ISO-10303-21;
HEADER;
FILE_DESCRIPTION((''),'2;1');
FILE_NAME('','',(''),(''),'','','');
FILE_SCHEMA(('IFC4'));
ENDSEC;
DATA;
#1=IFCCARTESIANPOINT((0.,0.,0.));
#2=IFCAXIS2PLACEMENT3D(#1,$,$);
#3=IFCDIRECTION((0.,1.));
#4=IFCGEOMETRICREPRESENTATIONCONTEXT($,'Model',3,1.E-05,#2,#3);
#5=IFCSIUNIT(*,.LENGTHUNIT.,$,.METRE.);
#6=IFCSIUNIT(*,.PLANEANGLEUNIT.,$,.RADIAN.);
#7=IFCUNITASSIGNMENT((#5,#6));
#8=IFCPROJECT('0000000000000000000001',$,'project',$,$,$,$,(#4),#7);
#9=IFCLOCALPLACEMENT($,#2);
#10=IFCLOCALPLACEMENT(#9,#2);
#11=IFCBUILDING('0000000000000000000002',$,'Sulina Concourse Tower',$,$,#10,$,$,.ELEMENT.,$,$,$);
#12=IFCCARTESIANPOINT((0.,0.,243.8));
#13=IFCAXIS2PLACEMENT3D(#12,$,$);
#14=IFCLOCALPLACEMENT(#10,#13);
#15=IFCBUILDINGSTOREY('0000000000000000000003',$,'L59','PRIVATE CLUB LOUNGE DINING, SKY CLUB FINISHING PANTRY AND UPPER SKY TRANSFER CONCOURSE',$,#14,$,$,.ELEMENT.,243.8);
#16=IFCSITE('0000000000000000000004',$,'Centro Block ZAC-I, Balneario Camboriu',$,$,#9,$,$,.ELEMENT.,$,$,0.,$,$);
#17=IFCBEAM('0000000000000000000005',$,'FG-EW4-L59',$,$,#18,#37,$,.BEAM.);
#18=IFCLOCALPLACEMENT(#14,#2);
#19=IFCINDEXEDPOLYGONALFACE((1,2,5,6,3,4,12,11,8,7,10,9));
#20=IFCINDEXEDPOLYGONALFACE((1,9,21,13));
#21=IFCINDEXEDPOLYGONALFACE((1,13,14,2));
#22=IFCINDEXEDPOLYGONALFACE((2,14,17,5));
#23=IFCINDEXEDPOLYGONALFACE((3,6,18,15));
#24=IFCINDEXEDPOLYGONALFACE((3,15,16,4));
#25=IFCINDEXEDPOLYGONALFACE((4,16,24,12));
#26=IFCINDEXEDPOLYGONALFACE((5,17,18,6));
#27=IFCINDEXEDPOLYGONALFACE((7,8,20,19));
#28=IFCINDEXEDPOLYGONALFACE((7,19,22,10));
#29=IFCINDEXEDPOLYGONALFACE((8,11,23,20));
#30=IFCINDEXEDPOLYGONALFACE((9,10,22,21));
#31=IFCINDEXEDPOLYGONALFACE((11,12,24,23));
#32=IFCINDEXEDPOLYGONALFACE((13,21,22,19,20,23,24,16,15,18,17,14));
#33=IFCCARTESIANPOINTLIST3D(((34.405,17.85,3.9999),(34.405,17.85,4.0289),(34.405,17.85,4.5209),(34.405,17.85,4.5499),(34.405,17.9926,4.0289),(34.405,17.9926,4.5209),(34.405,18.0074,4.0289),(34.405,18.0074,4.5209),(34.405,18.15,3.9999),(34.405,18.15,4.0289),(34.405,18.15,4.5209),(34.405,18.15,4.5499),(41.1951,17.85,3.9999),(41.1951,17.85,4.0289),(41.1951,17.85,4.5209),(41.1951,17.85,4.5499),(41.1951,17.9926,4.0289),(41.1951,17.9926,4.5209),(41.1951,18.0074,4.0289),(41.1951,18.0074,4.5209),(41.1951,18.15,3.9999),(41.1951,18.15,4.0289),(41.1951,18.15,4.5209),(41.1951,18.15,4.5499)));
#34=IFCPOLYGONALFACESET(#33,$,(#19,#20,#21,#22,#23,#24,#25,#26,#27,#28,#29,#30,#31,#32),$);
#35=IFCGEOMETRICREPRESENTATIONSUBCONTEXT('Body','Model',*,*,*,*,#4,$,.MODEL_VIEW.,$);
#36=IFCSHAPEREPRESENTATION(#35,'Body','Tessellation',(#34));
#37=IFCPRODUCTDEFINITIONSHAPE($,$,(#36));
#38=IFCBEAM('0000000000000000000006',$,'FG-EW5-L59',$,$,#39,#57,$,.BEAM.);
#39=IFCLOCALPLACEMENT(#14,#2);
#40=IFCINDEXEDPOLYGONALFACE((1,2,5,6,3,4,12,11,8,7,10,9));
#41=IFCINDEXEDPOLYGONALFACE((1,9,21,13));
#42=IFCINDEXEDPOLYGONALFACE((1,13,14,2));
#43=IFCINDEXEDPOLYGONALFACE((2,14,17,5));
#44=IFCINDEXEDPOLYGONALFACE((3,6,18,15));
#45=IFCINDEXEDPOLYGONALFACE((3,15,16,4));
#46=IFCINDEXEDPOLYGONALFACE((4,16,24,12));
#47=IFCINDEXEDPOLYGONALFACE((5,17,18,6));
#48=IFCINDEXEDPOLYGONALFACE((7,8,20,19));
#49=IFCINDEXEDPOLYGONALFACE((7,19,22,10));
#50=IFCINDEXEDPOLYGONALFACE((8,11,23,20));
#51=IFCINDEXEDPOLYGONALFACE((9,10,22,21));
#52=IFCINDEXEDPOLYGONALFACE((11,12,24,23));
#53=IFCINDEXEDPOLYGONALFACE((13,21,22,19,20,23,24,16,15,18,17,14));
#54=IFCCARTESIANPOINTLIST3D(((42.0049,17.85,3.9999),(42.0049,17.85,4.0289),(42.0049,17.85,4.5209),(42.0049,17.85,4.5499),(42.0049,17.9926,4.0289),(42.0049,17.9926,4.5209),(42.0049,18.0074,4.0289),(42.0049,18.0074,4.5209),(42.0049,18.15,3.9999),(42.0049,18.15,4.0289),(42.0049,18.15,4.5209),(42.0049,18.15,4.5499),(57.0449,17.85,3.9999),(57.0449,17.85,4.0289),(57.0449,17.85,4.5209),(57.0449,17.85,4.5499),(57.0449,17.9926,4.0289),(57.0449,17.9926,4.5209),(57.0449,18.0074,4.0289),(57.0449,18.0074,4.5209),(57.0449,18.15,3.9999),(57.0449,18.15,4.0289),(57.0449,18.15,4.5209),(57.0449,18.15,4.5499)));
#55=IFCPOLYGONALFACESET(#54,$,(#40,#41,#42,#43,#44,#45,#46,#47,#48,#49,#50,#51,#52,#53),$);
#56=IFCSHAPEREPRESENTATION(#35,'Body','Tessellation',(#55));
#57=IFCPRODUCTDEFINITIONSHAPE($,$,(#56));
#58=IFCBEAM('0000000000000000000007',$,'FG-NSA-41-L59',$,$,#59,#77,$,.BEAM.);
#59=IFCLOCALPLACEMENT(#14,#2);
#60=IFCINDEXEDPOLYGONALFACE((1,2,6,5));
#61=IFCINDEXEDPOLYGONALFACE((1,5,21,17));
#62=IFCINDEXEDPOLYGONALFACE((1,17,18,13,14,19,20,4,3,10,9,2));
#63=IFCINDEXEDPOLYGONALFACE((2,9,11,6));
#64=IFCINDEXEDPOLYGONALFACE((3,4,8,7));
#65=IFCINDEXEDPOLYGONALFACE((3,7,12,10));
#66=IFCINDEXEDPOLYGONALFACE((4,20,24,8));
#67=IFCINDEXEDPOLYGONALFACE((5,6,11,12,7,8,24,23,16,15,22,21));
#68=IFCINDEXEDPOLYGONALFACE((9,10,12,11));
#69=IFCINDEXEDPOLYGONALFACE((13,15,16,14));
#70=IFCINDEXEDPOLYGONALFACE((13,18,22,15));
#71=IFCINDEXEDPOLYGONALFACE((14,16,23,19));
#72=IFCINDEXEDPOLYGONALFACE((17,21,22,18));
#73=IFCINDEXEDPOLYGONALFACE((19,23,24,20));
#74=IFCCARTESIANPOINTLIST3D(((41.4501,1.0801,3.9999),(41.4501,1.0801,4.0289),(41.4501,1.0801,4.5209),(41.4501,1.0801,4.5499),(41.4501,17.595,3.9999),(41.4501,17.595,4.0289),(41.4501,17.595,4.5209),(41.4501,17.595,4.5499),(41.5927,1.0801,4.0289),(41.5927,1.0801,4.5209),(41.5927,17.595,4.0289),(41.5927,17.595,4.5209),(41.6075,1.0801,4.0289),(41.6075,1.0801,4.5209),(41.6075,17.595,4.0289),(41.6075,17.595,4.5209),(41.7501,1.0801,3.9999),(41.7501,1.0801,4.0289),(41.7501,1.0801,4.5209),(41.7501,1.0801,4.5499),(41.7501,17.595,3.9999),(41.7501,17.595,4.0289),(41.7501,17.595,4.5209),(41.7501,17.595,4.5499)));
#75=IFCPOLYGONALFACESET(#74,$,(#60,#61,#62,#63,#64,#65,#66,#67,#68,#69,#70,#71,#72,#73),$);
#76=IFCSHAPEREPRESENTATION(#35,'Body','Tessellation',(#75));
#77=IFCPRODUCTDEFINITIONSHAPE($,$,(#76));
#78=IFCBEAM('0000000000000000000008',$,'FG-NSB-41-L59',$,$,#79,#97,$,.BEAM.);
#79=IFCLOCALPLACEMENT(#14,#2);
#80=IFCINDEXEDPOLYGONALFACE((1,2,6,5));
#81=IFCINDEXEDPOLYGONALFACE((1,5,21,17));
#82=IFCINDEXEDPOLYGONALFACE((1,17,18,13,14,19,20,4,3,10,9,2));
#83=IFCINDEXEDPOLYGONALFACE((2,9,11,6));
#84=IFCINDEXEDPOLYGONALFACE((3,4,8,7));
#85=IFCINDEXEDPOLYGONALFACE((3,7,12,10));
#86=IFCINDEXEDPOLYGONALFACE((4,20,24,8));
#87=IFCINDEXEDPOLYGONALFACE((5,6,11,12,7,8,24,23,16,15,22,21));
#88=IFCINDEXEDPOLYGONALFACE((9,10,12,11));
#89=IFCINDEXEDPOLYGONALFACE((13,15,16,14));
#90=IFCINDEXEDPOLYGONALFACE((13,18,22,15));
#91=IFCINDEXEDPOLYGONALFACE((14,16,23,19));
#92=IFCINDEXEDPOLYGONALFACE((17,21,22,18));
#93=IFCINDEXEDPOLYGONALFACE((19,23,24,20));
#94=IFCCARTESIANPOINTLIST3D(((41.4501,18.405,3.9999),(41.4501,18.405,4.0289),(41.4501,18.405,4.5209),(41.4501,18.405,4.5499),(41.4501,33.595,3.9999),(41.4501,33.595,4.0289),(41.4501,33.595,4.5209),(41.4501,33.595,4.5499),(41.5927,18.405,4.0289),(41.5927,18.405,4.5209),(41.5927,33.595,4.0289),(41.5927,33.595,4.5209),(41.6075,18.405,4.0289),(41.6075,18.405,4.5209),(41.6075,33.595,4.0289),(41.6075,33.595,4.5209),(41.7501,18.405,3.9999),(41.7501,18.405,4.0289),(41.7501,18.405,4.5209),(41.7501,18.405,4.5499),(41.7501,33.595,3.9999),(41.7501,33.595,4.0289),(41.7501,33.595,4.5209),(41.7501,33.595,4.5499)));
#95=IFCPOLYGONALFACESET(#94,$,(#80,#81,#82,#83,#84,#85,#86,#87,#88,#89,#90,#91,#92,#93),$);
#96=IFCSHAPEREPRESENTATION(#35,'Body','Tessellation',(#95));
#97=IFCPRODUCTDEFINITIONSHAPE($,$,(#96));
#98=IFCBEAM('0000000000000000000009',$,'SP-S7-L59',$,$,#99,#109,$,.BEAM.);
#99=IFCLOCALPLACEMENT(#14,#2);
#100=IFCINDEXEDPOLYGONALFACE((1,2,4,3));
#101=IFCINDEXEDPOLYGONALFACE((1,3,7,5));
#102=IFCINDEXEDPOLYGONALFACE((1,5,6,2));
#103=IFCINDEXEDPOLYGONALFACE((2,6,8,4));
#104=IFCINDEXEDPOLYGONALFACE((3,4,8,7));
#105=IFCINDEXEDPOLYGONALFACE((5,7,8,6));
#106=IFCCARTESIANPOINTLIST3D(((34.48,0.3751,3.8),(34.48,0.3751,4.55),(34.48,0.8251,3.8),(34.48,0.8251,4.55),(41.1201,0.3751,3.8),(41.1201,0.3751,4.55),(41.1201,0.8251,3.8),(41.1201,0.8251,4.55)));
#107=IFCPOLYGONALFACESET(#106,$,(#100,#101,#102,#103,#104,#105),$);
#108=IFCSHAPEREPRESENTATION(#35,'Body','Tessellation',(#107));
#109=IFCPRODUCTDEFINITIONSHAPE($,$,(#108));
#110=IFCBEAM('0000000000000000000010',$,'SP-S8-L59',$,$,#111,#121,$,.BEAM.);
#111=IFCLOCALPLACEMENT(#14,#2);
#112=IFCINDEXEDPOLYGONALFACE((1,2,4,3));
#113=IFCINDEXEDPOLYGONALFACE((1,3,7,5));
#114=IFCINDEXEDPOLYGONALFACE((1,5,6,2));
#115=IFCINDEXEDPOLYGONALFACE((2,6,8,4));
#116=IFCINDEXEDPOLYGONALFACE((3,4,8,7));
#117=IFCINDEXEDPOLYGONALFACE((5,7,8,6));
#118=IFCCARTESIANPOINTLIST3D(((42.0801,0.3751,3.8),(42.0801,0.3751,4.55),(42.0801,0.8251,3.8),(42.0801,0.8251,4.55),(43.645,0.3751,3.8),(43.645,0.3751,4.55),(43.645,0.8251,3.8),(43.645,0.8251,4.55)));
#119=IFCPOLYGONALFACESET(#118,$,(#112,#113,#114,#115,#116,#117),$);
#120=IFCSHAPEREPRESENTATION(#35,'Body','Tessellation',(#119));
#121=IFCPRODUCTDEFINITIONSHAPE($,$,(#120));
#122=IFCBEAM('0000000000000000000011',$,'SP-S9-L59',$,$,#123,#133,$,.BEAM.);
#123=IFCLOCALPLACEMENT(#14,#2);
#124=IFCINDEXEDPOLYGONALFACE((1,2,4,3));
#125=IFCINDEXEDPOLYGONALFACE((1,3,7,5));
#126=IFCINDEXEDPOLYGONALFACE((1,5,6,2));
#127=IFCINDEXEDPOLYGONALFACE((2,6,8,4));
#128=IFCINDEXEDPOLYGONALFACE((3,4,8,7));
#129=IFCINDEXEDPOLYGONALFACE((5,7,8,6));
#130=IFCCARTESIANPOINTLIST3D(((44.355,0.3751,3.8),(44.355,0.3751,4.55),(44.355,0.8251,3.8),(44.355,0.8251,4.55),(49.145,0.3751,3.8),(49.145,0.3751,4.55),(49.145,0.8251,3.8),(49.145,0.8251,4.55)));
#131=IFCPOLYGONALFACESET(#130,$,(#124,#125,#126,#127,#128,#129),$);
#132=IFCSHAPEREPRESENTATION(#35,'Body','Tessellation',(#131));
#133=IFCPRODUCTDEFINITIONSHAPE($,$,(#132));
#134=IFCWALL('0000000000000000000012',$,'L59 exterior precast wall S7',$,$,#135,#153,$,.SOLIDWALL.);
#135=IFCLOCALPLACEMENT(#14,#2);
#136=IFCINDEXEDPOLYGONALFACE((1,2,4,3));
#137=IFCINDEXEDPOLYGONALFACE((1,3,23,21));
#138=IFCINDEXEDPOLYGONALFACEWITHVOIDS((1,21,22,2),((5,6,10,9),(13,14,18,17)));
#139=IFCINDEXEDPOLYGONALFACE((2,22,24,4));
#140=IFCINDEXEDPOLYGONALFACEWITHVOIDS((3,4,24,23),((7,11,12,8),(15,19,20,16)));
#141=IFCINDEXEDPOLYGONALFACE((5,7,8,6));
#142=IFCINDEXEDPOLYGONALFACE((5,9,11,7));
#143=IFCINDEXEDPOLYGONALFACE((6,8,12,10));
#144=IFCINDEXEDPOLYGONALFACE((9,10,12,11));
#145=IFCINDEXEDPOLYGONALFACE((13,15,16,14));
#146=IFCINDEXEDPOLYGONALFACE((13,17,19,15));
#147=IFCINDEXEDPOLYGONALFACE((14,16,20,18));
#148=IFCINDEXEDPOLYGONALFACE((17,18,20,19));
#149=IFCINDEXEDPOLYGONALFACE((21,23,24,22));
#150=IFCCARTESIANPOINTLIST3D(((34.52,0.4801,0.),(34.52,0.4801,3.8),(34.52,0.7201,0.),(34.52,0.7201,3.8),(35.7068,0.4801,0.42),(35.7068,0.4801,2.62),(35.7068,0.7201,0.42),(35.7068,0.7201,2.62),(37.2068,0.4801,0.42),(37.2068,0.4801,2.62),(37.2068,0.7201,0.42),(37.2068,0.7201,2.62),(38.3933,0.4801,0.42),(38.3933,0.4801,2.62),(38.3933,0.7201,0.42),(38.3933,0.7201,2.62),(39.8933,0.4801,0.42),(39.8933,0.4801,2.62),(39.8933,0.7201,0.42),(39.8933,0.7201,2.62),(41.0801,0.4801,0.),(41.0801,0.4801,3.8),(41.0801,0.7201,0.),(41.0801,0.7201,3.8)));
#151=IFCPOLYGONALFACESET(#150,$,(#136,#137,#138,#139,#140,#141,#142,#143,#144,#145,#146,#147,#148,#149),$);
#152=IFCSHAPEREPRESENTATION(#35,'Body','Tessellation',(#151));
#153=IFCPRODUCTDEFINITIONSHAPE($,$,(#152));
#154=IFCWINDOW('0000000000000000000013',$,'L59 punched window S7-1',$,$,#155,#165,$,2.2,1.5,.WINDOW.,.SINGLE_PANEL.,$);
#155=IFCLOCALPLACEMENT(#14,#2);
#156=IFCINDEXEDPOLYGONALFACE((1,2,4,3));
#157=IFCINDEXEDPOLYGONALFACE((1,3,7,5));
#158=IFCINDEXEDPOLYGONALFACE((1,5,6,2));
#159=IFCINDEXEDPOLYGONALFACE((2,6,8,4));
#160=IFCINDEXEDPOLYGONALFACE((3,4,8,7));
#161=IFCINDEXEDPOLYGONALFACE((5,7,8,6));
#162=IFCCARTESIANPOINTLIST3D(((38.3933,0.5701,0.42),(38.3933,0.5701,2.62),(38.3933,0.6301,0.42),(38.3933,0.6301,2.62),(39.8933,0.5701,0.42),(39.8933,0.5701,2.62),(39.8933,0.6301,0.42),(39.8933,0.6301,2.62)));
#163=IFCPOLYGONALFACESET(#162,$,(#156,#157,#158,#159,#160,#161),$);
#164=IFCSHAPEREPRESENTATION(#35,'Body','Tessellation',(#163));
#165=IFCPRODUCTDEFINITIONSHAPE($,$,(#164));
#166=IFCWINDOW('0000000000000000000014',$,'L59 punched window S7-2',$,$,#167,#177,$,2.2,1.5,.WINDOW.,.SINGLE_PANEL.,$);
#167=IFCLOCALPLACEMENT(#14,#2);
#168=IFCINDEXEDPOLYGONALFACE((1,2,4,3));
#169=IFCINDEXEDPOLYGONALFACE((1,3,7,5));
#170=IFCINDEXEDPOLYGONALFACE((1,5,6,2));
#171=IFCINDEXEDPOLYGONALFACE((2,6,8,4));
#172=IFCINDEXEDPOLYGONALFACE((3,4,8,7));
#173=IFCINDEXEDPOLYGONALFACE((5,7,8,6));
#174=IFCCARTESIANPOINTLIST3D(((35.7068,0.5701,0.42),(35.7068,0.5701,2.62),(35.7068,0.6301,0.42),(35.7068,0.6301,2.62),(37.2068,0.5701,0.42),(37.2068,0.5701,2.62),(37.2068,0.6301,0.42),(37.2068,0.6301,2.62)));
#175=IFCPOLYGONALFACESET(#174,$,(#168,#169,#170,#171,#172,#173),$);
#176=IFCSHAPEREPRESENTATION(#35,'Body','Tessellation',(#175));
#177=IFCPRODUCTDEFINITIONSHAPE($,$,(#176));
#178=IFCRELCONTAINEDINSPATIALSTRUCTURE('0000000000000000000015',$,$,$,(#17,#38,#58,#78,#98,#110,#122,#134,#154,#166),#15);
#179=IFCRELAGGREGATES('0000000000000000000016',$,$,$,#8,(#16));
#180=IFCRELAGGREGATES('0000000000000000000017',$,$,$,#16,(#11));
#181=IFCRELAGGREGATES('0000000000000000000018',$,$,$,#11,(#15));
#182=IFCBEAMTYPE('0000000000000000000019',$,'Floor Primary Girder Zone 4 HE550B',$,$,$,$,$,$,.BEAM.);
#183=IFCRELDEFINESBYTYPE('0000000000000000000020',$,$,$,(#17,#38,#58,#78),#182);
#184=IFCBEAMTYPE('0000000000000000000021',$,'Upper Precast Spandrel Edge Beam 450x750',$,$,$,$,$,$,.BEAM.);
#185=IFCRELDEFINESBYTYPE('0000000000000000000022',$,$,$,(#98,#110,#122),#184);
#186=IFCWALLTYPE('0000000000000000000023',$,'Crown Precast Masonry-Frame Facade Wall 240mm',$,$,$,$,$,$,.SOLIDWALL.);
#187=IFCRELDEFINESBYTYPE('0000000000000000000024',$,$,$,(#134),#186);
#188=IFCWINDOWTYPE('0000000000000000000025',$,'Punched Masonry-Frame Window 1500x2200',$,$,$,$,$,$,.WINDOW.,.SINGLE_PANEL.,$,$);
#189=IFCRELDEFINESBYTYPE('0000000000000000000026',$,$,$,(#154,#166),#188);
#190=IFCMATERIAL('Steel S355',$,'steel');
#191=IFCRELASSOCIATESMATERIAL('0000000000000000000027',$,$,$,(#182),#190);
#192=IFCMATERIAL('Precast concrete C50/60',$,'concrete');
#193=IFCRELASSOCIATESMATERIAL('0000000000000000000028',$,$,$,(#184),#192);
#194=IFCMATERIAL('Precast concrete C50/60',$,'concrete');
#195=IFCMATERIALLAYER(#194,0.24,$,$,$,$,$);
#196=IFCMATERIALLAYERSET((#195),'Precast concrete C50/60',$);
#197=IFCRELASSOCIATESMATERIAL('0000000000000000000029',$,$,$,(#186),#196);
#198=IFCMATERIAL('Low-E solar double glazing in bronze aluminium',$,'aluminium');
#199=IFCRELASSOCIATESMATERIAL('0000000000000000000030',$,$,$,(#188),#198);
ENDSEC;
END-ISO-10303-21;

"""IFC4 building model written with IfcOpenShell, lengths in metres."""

from ifc_helpers import new_model, si_unit, direction, frame, frame_2d, origin, origin_2d, place, context, subcontext, project, spatial, rectangle, i_section, extrude, material, layer, layer_set, material_profile, profile_set, type_object, element, fill, save


model = new_model("IFC4")

# Units and contexts
model_context = context("Model", 3, precision=1e-05, world=origin(), true_north=direction((0.0, 1.0)))
body_context = subcontext(model_context, "Body", "Model", "MODEL_VIEW")
ifc_project = project(units=[si_unit("LENGTHUNIT", "METRE"), si_unit("PLANEANGLEUNIT", "RADIAN")], contexts=[model_context])

# Site, building, storey
site_placement = place(None, origin())
site = spatial("IfcSite", under=ifc_project, at=site_placement, Name="Centro Block ZAC-I, Balneario Camboriu", CompositionType="ELEMENT", RefElevation=0.0)
building_placement = place(site_placement, origin())
building = spatial("IfcBuilding", under=site, at=building_placement, Name="Sulina Concourse Tower", CompositionType="ELEMENT")
storey_placement = place(building_placement, frame((0.0, 0.0, 243.8)))
storey = spatial("IfcBuildingStorey", under=building, at=storey_placement, Name="L59", Description="PRIVATE CLUB LOUNGE DINING, SKY CLUB FINISHING PANTRY AND UPPER SKY TRANSFER CONCOURSE", CompositionType="ELEMENT", Elevation=243.8)

# Beams
ifc_material_1 = material(Name="Steel S355", Category="steel")
ifc_material_profile_1 = material_profile(ifc_material_1, i_section(OverallWidth=0.3, OverallDepth=0.55, WebThickness=0.0149, FlangeThickness=0.0291, at=origin_2d()), Name="HE 550 B")
ifc_profile_set_1 = profile_set([ifc_material_profile_1], Name="Steel S355")
beam_type_1 = type_object("IfcBeamType", Name="Floor Primary Girder Zone 4 HE550B", PredefinedType="BEAM", material=ifc_profile_set_1)
beam_1_placement = place(storey_placement, frame((34.405, 18.0, 4.2749), z_axis=(1.0, 0.0, 0.0), x_axis=(0.0, 1.0, 0.0)))
element("IfcBeam", 1, at=beam_1_placement, inside=storey, type_object=beam_type_1, Name="FG-EW4-L59", PredefinedType="BEAM", context=body_context, shape_type="SweptSolid", body=[
    extrude(i_section(OverallWidth=0.3, OverallDepth=0.55, WebThickness=0.0149, FlangeThickness=0.0291, at=origin_2d()), origin(), (0.0, 0.0, 1.0), 6.79),
])
beam_2_placement = place(storey_placement, frame((42.0049, 18.0, 4.2749), z_axis=(1.0, 0.0, 0.0), x_axis=(0.0, 1.0, 0.0)))
element("IfcBeam", 2, at=beam_2_placement, inside=storey, type_object=beam_type_1, Name="FG-EW5-L59", PredefinedType="BEAM", context=body_context, shape_type="SweptSolid", body=[
    extrude(i_section(OverallWidth=0.3, OverallDepth=0.55, WebThickness=0.0149, FlangeThickness=0.0291, at=origin_2d()), origin(), (0.0, 0.0, 1.0), 15.04),
])
beam_3_placement = place(storey_placement, frame((41.6001, 1.0801, 4.2749), z_axis=(0.0, 1.0, 0.0), x_axis=(-1.0, 0.0, 0.0)))
element("IfcBeam", 3, at=beam_3_placement, inside=storey, type_object=beam_type_1, Name="FG-NSA-41-L59", PredefinedType="BEAM", context=body_context, shape_type="SweptSolid", body=[
    extrude(i_section(OverallWidth=0.3, OverallDepth=0.55, WebThickness=0.0149, FlangeThickness=0.0291, at=origin_2d()), origin(), (0.0, 0.0, 1.0), 16.5149),
])
beam_4_placement = place(storey_placement, frame((41.6001, 18.405, 4.2749), z_axis=(0.0, 1.0, 0.0), x_axis=(-1.0, 0.0, 0.0)))
element("IfcBeam", 4, at=beam_4_placement, inside=storey, type_object=beam_type_1, Name="FG-NSB-41-L59", PredefinedType="BEAM", context=body_context, shape_type="SweptSolid", body=[
    extrude(i_section(OverallWidth=0.3, OverallDepth=0.55, WebThickness=0.0149, FlangeThickness=0.0291, at=origin_2d()), origin(), (0.0, 0.0, 1.0), 15.1899),
])
ifc_material_2 = material(Name="Precast concrete C50/60", Category="concrete")
ifc_material_profile_2 = material_profile(ifc_material_2, rectangle(XDim=0.45, YDim=0.75, at=origin_2d()), Name="RC 450x750")
ifc_profile_set_2 = profile_set([ifc_material_profile_2], Name="Precast concrete C50/60")
beam_type_2 = type_object("IfcBeamType", Name="Upper Precast Spandrel Edge Beam 450x750", PredefinedType="BEAM", material=ifc_profile_set_2)
beam_5_placement = place(storey_placement, frame((34.48, 0.6001, 4.175), z_axis=(1.0, 0.0, 0.0), x_axis=(0.0, 1.0, 0.0)))
element("IfcBeam", 5, at=beam_5_placement, inside=storey, type_object=beam_type_2, Name="SP-S7-L59", PredefinedType="BEAM", context=body_context, shape_type="SweptSolid", body=[
    extrude(rectangle(XDim=0.45, YDim=0.75, at=origin_2d()), origin(), (0.0, 0.0, 1.0), 6.6401),
])
beam_6_placement = place(storey_placement, frame((42.0801, 0.6001, 4.175), z_axis=(1.0, 0.0, 0.0), x_axis=(0.0, 1.0, 0.0)))
element("IfcBeam", 6, at=beam_6_placement, inside=storey, type_object=beam_type_2, Name="SP-S8-L59", PredefinedType="BEAM", context=body_context, shape_type="SweptSolid", body=[
    extrude(rectangle(XDim=0.45, YDim=0.75, at=origin_2d()), origin(), (0.0, 0.0, 1.0), 1.5649),
])
beam_7_placement = place(storey_placement, frame((44.355, 0.6001, 4.175), z_axis=(1.0, 0.0, 0.0), x_axis=(0.0, 1.0, 0.0)))
element("IfcBeam", 7, at=beam_7_placement, inside=storey, type_object=beam_type_2, Name="SP-S9-L59", PredefinedType="BEAM", context=body_context, shape_type="SweptSolid", body=[
    extrude(rectangle(XDim=0.45, YDim=0.75, at=origin_2d()), origin(), (0.0, 0.0, 1.0), 4.79),
])

# Wall, openings, windows
ifc_material_3 = material(Name="Precast concrete C50/60", Category="concrete")
ifc_layer_1 = layer(ifc_material_3, 0.24)
ifc_layer_set_1 = layer_set([ifc_layer_1], Name="Precast concrete C50/60")
wall_type_1 = type_object("IfcWallType", Name="Crown Precast Masonry-Frame Facade Wall 240mm", PredefinedType="SOLIDWALL", material=ifc_layer_set_1)
wall_1_placement = place(storey_placement, frame((41.0801, 0.6001, 0.0), z_axis=(0.0, 0.0, 1.0), x_axis=(-1.0, 0.0, 0.0)))
wall_1 = element("IfcWall", 8, at=wall_1_placement, inside=storey, type_object=wall_type_1, Name="L59 exterior precast wall S7", PredefinedType="SOLIDWALL", context=body_context, shape_type="SweptSolid", body=[
    extrude(rectangle(XDim=6.5601, YDim=0.24, at=frame_2d((3.28, 0.0))), origin(), (0.0, 0.0, 1.0), 3.8),
])
opening_1_placement = place(wall_1_placement, frame((1.1868, 0.0, 0.4199)))
opening_1 = element("IfcOpeningElement", 9, at=opening_1_placement, cuts=wall_1, PredefinedType="OPENING", context=body_context, shape_type="SweptSolid", body=[
    extrude(rectangle(XDim=1.5, YDim=2.2, at=frame_2d((0.75, 1.1001))), frame((0.0, 0.1299, 0.0), z_axis=(0.0, -1.0, 0.0), x_axis=(1.0, 0.0, 0.0)), (0.0, 0.0, 1.0), 0.26),
])
opening_2_placement = place(wall_1_placement, frame((3.8733, 0.0, 0.4199)))
opening_2 = element("IfcOpeningElement", 10, at=opening_2_placement, cuts=wall_1, PredefinedType="OPENING", context=body_context, shape_type="SweptSolid", body=[
    extrude(rectangle(XDim=1.5, YDim=2.2, at=frame_2d((0.75, 1.1001))), frame((0.0, 0.1299, 0.0), z_axis=(0.0, -1.0, 0.0), x_axis=(1.0, 0.0, 0.0)), (0.0, 0.0, 1.0), 0.26),
])
ifc_material_4 = material(Name="Low-E solar double glazing in bronze aluminium", Category="aluminium")
window_type = type_object("IfcWindowType", Name="Punched Masonry-Frame Window 1500x2200", PartitioningType="SINGLE_PANEL", PredefinedType="WINDOW", material=ifc_material_4)
window_1_placement = place(opening_1_placement, origin())
window_1 = element("IfcWindow", 11, at=window_1_placement, inside=storey, type_object=window_type, Name="L59 punched window S7-1", OverallHeight=2.2, OverallWidth=1.5, PartitioningType="SINGLE_PANEL", PredefinedType="WINDOW", context=body_context, shape_type="SweptSolid", body=[
    extrude(rectangle(XDim=1.5, YDim=2.2, at=frame_2d((0.75, 1.1001))), frame((0.0, 0.03, 0.0), z_axis=(0.0, -1.0, 0.0), x_axis=(1.0, 0.0, 0.0)), (0.0, 0.0, 1.0), 0.0601),
])
fill(opening_1, window_1)
window_2_placement = place(opening_2_placement, origin())
window_2 = element("IfcWindow", 12, at=window_2_placement, inside=storey, type_object=window_type, Name="L59 punched window S7-2", OverallHeight=2.2, OverallWidth=1.5, PartitioningType="SINGLE_PANEL", PredefinedType="WINDOW", context=body_context, shape_type="SweptSolid", body=[
    extrude(rectangle(XDim=1.5, YDim=2.2, at=frame_2d((0.75, 1.1001))), frame((0.0, 0.03, 0.0), z_axis=(0.0, -1.0, 0.0), x_axis=(1.0, 0.0, 0.0)), (0.0, 0.0, 1.0), 0.0601),
])
fill(opening_2, window_2)

save(model, "model.ifc")
